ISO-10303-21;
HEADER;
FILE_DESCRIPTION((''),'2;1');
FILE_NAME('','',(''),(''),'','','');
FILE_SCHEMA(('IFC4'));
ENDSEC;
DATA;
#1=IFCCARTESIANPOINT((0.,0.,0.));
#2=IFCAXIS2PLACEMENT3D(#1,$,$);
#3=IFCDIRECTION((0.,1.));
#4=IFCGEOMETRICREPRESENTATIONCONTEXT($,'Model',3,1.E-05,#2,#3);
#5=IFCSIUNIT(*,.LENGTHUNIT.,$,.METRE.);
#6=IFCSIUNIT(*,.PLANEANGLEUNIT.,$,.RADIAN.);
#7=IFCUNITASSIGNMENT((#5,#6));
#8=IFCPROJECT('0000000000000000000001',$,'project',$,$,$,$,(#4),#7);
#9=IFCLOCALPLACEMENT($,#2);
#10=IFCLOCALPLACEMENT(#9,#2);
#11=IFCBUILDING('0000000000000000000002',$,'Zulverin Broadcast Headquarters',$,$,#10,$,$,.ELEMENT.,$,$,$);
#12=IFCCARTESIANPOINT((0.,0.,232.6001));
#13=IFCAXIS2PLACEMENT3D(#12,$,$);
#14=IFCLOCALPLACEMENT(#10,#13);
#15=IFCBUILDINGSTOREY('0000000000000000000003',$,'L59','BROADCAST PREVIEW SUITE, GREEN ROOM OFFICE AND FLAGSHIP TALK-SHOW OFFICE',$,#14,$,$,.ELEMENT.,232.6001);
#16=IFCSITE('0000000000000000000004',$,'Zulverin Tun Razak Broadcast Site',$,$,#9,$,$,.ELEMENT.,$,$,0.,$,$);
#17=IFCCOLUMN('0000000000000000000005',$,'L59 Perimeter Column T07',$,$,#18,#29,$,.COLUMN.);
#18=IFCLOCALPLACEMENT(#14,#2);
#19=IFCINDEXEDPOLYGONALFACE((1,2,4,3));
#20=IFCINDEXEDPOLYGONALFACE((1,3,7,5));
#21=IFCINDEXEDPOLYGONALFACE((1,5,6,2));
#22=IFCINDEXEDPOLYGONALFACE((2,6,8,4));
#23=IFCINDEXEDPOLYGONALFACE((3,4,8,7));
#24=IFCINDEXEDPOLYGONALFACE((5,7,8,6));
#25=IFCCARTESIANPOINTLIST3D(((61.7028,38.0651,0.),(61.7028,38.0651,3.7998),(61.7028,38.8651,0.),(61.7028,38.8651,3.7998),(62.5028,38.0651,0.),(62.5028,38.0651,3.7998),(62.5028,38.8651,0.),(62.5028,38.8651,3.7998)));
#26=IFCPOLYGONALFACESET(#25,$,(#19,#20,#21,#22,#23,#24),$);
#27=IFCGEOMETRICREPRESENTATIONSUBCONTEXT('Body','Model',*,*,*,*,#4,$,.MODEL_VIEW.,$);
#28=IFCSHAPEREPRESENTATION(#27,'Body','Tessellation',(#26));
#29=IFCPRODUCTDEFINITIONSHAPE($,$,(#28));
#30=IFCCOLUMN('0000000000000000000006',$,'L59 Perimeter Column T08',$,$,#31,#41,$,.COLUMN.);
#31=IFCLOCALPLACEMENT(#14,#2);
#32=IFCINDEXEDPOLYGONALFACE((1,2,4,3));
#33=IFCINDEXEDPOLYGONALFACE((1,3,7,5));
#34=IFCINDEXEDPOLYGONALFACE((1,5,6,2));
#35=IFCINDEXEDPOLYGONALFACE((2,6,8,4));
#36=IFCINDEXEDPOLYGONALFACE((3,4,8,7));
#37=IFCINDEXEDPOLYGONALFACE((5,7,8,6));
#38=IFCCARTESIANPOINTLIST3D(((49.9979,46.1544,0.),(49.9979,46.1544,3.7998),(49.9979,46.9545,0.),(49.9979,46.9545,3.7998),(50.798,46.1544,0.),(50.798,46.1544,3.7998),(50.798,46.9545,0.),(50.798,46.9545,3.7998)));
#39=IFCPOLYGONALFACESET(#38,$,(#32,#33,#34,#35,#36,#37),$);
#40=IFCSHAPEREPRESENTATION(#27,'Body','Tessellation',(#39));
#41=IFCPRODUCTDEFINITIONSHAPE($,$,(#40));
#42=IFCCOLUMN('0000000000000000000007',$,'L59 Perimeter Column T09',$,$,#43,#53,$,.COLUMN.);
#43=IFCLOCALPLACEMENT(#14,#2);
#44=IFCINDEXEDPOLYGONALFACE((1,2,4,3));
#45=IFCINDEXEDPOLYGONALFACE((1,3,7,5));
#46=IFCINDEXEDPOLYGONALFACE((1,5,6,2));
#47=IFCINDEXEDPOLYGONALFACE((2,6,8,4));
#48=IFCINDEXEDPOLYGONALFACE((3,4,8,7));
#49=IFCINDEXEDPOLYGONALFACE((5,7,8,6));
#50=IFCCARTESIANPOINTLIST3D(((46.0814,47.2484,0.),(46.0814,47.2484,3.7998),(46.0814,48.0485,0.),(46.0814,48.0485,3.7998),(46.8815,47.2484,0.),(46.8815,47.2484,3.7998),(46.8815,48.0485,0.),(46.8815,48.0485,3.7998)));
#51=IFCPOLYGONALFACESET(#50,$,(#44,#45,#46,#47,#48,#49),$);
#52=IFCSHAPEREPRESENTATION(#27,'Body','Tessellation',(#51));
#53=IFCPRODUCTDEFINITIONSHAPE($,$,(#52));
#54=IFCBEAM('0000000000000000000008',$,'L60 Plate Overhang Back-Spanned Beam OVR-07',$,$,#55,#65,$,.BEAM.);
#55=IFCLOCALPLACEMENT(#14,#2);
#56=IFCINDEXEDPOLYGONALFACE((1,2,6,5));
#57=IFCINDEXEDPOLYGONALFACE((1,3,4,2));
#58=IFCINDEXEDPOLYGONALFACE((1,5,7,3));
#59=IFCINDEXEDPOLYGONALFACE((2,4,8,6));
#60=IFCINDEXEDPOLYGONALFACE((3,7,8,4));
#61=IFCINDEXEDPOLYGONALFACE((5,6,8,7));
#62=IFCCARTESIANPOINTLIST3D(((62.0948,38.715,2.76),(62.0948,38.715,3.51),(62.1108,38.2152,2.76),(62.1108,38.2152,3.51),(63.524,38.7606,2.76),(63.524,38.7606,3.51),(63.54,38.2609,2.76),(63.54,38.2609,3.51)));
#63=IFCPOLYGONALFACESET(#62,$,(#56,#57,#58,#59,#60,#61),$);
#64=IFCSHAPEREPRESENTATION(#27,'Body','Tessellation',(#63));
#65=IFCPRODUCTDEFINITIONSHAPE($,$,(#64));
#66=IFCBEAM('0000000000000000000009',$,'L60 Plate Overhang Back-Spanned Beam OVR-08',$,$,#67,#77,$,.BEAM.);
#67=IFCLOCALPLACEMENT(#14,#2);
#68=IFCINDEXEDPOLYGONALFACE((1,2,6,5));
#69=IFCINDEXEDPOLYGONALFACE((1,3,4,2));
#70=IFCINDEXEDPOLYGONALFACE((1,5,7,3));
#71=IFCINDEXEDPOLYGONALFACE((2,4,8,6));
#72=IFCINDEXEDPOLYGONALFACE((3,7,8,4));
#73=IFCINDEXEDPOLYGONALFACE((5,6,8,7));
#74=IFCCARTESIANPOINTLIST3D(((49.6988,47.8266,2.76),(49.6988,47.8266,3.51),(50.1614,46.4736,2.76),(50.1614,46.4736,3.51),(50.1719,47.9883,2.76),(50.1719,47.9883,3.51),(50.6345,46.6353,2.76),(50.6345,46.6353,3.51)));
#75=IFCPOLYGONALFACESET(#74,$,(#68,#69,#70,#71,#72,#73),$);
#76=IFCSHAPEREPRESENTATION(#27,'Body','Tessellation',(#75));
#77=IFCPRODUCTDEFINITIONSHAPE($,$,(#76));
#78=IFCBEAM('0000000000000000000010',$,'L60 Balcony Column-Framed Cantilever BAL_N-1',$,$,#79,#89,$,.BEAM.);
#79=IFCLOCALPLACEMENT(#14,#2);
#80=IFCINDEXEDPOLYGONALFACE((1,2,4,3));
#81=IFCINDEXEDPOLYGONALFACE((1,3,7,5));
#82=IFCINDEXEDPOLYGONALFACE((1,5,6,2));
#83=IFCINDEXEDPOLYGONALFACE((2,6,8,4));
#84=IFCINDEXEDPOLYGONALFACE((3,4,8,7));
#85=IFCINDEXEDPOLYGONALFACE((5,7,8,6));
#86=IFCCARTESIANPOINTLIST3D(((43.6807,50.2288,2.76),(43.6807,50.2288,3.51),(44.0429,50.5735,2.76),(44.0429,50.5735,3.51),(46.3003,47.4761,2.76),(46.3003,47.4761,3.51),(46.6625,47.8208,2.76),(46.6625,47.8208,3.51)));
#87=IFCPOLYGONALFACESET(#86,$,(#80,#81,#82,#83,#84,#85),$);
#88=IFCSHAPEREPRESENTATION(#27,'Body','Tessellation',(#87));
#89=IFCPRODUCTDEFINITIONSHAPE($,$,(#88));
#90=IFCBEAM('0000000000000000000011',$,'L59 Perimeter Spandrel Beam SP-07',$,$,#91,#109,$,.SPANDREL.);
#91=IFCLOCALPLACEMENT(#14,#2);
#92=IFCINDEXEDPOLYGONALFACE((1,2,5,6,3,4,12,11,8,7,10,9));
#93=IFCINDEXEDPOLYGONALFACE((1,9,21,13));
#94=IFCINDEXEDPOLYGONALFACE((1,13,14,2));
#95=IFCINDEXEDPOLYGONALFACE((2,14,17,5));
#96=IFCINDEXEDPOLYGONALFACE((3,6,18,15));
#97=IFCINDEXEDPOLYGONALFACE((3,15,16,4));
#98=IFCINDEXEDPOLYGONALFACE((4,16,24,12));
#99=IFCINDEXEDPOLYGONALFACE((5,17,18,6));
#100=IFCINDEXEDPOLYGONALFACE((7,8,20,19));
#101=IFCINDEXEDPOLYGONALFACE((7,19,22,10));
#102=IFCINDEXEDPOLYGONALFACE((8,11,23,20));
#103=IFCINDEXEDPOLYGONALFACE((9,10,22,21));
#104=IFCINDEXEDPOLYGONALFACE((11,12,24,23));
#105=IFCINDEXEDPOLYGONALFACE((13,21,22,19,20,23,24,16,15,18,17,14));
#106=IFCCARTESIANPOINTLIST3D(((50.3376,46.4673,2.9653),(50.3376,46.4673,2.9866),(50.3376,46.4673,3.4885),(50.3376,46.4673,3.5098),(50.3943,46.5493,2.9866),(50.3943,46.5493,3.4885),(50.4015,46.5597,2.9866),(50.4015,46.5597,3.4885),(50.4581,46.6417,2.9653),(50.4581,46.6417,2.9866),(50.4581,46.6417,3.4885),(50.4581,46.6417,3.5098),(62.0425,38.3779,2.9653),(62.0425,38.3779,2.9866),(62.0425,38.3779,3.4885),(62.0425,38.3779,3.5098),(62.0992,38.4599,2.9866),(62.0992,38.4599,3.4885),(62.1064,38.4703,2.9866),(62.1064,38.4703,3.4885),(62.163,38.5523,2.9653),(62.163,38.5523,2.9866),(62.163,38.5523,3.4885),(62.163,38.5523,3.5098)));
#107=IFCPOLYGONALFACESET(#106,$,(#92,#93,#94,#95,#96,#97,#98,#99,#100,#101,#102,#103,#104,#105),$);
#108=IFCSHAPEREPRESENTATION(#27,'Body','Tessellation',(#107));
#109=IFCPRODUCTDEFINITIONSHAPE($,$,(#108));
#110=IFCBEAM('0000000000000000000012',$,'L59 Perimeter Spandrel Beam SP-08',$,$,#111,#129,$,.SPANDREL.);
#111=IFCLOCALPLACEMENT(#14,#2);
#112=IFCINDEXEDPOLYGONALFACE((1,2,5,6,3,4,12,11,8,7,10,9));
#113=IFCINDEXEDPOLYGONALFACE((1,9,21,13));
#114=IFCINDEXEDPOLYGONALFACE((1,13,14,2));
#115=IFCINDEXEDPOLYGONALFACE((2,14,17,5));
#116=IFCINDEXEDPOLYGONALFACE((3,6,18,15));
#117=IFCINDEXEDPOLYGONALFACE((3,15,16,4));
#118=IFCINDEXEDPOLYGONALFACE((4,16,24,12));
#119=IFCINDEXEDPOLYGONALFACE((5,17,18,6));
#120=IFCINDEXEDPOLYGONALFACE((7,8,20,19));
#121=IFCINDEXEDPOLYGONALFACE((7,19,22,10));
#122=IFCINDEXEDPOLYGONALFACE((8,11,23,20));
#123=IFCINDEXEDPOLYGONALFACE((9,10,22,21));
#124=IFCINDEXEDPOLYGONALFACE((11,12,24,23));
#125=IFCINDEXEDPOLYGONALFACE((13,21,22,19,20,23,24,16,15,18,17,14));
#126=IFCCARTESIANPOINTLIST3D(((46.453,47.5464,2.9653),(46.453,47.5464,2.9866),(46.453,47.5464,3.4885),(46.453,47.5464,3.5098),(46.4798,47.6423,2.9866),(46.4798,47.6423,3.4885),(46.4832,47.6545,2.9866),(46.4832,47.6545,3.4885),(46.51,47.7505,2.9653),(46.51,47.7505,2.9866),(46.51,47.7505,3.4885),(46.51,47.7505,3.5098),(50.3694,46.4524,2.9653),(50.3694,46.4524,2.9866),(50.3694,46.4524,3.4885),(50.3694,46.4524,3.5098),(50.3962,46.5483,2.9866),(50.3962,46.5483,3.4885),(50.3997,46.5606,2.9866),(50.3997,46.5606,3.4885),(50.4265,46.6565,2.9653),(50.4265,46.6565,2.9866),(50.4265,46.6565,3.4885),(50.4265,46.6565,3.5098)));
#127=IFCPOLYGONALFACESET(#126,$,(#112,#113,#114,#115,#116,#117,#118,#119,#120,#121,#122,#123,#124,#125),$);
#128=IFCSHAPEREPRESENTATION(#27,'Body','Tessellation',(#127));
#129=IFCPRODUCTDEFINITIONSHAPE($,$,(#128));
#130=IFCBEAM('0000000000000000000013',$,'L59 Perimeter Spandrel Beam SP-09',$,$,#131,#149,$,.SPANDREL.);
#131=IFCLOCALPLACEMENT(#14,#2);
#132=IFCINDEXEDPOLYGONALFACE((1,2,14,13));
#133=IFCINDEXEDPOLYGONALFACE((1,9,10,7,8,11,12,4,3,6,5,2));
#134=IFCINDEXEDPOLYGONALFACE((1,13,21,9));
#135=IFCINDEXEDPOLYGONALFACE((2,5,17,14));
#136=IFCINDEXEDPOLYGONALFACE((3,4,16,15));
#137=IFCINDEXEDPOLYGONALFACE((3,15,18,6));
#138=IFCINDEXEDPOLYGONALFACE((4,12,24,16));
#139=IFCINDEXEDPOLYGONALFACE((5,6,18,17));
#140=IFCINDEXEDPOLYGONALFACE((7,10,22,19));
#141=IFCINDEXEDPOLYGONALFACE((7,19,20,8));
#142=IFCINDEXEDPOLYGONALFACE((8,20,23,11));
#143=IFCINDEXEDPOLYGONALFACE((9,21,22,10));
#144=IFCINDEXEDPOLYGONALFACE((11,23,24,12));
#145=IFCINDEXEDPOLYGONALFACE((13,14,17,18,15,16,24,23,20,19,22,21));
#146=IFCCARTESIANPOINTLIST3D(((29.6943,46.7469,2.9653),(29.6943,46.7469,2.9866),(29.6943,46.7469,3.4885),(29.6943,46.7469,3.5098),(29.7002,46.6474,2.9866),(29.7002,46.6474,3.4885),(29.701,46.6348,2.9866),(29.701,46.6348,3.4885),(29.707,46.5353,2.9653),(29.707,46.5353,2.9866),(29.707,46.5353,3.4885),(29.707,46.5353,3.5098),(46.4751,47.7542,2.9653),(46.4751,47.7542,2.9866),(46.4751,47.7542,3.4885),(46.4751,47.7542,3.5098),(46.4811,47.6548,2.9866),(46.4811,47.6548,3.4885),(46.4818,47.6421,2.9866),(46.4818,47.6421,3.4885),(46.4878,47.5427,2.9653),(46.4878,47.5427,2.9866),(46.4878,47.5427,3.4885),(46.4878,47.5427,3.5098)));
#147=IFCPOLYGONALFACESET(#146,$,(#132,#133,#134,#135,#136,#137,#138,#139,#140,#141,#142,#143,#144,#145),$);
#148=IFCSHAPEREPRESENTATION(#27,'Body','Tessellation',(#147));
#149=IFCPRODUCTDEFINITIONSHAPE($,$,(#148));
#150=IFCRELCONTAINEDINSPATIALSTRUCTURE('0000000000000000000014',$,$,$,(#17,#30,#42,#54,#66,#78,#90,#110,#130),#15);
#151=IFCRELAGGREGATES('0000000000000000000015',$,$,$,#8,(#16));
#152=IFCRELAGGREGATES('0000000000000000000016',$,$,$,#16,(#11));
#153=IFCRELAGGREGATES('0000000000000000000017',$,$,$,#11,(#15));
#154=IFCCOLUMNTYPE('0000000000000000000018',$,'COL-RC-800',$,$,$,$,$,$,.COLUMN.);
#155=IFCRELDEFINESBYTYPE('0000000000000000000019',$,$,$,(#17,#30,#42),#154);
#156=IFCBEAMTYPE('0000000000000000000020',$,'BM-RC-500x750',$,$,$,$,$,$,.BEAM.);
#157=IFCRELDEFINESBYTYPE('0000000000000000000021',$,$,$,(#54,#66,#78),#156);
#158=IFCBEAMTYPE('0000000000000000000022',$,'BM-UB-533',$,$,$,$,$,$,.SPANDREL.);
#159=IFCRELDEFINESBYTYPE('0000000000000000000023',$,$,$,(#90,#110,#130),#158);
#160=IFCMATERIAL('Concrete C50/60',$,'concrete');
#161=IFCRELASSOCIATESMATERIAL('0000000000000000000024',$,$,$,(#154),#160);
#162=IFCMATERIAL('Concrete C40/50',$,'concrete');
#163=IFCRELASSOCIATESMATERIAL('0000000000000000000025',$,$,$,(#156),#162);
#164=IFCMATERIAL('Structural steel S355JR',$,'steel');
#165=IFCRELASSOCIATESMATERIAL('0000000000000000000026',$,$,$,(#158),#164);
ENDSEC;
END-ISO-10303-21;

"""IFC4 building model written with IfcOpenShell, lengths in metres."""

from ifc_helpers import new_model, si_unit, direction, frame, origin, origin_2d, place, context, subcontext, project, spatial, rectangle, i_section, extrude, material, material_profile, profile_set, type_object, element, save


model = new_model("IFC4")

# Units and contexts
model_context = context("Model", 3, precision=1e-05, world=origin(), true_north=direction((0.0, 1.0)))
body_context = subcontext(model_context, "Body", "Model", "MODEL_VIEW")
ifc_project = project(units=[si_unit("LENGTHUNIT", "METRE"), si_unit("PLANEANGLEUNIT", "RADIAN")], contexts=[model_context])

# Site, building, storey
site_placement = place(None, origin())
site = spatial("IfcSite", under=ifc_project, at=site_placement, Name="Zulverin Tun Razak Broadcast Site", CompositionType="ELEMENT", RefElevation=0.0)
building_placement = place(site_placement, origin())
building = spatial("IfcBuilding", under=site, at=building_placement, Name="Zulverin Broadcast Headquarters", CompositionType="ELEMENT")
storey_placement = place(building_placement, frame((0.0, 0.0, 232.6001)))
storey = spatial("IfcBuildingStorey", under=building, at=storey_placement, Name="L59", Description="BROADCAST PREVIEW SUITE, GREEN ROOM OFFICE AND FLAGSHIP TALK-SHOW OFFICE", CompositionType="ELEMENT", Elevation=232.6001)

# Columns
ifc_material_1 = material(Name="Concrete C50/60", Category="concrete")
ifc_material_profile_1 = material_profile(ifc_material_1, rectangle(XDim=0.8, YDim=0.8, at=origin_2d()), Name="Concrete C50/60", Category="concrete")
ifc_profile_set_1 = profile_set([ifc_material_profile_1], Name="Concrete C50/60")
column_type = type_object("IfcColumnType", Name="COL-RC-800", PredefinedType="COLUMN", material=ifc_profile_set_1)
for number, where, z_axis, x_axis, name in (
    (1, (62.1028, 38.4651, 0.0), (0.0, 0.0, 1.0), (1.0, 0.0, 0.0), "L59 Perimeter Column T07"),
    (2, (50.3979, 46.5544, 0.0), (0.0, 0.0, 1.0), (1.0, 0.0, 0.0), "L59 Perimeter Column T08"),
    (3, (46.4814, 47.6484, 0.0), (0.0, 0.0, 1.0), (1.0, 0.0, 0.0), "L59 Perimeter Column T09"),
):
    element("IfcColumn", number, at=place(storey_placement, frame(where, z_axis=z_axis, x_axis=x_axis)), inside=storey, type_object=column_type, Name=name, PredefinedType="COLUMN", context=body_context, shape_type="SweptSolid", body=[
        extrude(rectangle(XDim=0.8, YDim=0.8, at=origin_2d()), origin(), (0.0, 0.0, 1.0), 3.7998),
    ])

# Beams
ifc_material_2 = material(Name="Concrete C40/50", Category="concrete")
ifc_material_profile_2 = material_profile(ifc_material_2, rectangle(XDim=0.5, YDim=0.75, at=origin_2d()), Name="Concrete C40/50", Category="concrete")
ifc_profile_set_2 = profile_set([ifc_material_profile_2], Name="Concrete C40/50")
beam_type_1 = type_object("IfcBeamType", Name="BM-RC-500x750", PredefinedType="BEAM", material=ifc_profile_set_2)
for number, where, z_axis, x_axis, name in (
    (4, (62.1028, 38.4651, 3.135), (0.99949, 0.031928, 0.0), (-0.031928, 0.99949, 0.0), "L60 Plate Overhang Back-Spanned Beam OVR-07"),
    (5, (50.3979, 46.5544, 3.135), (-0.323543, 0.946214, 0.0), (-0.946214, -0.323543, 0.0), "L60 Plate Overhang Back-Spanned Beam OVR-08"),
):
    element("IfcBeam", number, at=place(storey_placement, frame(where, z_axis=z_axis, x_axis=x_axis)), inside=storey, type_object=beam_type_1, Name=name, PredefinedType="BEAM", context=body_context, shape_type="SweptSolid", body=[
        extrude(rectangle(XDim=0.5, YDim=0.75, at=origin_2d()), origin(), (0.0, 0.0, 1.0), 1.4299),
    ])
beam_1_placement = place(storey_placement, frame((46.4814, 47.6484, 3.135), z_axis=(-0.689382, 0.724398, 0.0), x_axis=(-0.724398, -0.689382, 0.0)))
element("IfcBeam", 6, at=beam_1_placement, inside=storey, type_object=beam_type_1, Name="L60 Balcony Column-Framed Cantilever BAL_N-1", PredefinedType="BEAM", context=body_context, shape_type="SweptSolid", body=[
    extrude(rectangle(XDim=0.5, YDim=0.75, at=origin_2d()), origin(), (0.0, 0.0, 1.0), 3.8),
])
ifc_material_3 = material(Name="Structural steel S355JR", Category="steel")
ifc_material_profile_3 = material_profile(ifc_material_3, i_section(OverallWidth=0.2119, OverallDepth=0.5444, WebThickness=0.0127, FlangeThickness=0.0212, at=origin_2d()), Name="Structural steel S355JR", Category="steel")
ifc_profile_set_3 = profile_set([ifc_material_profile_3], Name="Structural steel S355JR")
beam_type_2 = type_object("IfcBeamType", Name="BM-UB-533", PredefinedType="SPANDREL", material=ifc_profile_set_3)
beam_2_placement = place(storey_placement, frame((62.1028, 38.4651, 3.2375), z_axis=(-0.822652, 0.568545, 0.0), x_axis=(-0.568545, -0.822652, 0.0)))
element("IfcBeam", 7, at=beam_2_placement, inside=storey, type_object=beam_type_2, Name="L59 Perimeter Spandrel Beam SP-07", PredefinedType="SPANDREL", context=body_context, shape_type="SweptSolid", body=[
    extrude(i_section(OverallWidth=0.2119, OverallDepth=0.5444, WebThickness=0.0127, FlangeThickness=0.0212, at=origin_2d()), origin(), (0.0, 0.0, 1.0), 14.2283),
])
beam_3_placement = place(storey_placement, frame((50.3979, 46.5544, 3.2375), z_axis=(-0.963132, 0.269031, 0.0), x_axis=(-0.269031, -0.963132, 0.0)))
element("IfcBeam", 8, at=beam_3_placement, inside=storey, type_object=beam_type_2, Name="L59 Perimeter Spandrel Beam SP-08", PredefinedType="SPANDREL", context=body_context, shape_type="SweptSolid", body=[
    extrude(i_section(OverallWidth=0.2119, OverallDepth=0.5444, WebThickness=0.0127, FlangeThickness=0.0212, at=origin_2d()), origin(), (0.0, 0.0, 1.0), 4.0664),
])
beam_4_placement = place(storey_placement, frame((46.4814, 47.6484, 3.2375), z_axis=(-0.998203, -0.059921, 0.0), x_axis=(0.059921, -0.998203, 0.0)))
element("IfcBeam", 9, at=beam_4_placement, inside=storey, type_object=beam_type_2, Name="L59 Perimeter Spandrel Beam SP-09", PredefinedType="SPANDREL", context=body_context, shape_type="SweptSolid", body=[
    extrude(i_section(OverallWidth=0.2119, OverallDepth=0.5444, WebThickness=0.0127, FlangeThickness=0.0212, at=origin_2d()), origin(), (0.0, 0.0, 1.0), 16.811),
])

save(model, "model.ifc")
